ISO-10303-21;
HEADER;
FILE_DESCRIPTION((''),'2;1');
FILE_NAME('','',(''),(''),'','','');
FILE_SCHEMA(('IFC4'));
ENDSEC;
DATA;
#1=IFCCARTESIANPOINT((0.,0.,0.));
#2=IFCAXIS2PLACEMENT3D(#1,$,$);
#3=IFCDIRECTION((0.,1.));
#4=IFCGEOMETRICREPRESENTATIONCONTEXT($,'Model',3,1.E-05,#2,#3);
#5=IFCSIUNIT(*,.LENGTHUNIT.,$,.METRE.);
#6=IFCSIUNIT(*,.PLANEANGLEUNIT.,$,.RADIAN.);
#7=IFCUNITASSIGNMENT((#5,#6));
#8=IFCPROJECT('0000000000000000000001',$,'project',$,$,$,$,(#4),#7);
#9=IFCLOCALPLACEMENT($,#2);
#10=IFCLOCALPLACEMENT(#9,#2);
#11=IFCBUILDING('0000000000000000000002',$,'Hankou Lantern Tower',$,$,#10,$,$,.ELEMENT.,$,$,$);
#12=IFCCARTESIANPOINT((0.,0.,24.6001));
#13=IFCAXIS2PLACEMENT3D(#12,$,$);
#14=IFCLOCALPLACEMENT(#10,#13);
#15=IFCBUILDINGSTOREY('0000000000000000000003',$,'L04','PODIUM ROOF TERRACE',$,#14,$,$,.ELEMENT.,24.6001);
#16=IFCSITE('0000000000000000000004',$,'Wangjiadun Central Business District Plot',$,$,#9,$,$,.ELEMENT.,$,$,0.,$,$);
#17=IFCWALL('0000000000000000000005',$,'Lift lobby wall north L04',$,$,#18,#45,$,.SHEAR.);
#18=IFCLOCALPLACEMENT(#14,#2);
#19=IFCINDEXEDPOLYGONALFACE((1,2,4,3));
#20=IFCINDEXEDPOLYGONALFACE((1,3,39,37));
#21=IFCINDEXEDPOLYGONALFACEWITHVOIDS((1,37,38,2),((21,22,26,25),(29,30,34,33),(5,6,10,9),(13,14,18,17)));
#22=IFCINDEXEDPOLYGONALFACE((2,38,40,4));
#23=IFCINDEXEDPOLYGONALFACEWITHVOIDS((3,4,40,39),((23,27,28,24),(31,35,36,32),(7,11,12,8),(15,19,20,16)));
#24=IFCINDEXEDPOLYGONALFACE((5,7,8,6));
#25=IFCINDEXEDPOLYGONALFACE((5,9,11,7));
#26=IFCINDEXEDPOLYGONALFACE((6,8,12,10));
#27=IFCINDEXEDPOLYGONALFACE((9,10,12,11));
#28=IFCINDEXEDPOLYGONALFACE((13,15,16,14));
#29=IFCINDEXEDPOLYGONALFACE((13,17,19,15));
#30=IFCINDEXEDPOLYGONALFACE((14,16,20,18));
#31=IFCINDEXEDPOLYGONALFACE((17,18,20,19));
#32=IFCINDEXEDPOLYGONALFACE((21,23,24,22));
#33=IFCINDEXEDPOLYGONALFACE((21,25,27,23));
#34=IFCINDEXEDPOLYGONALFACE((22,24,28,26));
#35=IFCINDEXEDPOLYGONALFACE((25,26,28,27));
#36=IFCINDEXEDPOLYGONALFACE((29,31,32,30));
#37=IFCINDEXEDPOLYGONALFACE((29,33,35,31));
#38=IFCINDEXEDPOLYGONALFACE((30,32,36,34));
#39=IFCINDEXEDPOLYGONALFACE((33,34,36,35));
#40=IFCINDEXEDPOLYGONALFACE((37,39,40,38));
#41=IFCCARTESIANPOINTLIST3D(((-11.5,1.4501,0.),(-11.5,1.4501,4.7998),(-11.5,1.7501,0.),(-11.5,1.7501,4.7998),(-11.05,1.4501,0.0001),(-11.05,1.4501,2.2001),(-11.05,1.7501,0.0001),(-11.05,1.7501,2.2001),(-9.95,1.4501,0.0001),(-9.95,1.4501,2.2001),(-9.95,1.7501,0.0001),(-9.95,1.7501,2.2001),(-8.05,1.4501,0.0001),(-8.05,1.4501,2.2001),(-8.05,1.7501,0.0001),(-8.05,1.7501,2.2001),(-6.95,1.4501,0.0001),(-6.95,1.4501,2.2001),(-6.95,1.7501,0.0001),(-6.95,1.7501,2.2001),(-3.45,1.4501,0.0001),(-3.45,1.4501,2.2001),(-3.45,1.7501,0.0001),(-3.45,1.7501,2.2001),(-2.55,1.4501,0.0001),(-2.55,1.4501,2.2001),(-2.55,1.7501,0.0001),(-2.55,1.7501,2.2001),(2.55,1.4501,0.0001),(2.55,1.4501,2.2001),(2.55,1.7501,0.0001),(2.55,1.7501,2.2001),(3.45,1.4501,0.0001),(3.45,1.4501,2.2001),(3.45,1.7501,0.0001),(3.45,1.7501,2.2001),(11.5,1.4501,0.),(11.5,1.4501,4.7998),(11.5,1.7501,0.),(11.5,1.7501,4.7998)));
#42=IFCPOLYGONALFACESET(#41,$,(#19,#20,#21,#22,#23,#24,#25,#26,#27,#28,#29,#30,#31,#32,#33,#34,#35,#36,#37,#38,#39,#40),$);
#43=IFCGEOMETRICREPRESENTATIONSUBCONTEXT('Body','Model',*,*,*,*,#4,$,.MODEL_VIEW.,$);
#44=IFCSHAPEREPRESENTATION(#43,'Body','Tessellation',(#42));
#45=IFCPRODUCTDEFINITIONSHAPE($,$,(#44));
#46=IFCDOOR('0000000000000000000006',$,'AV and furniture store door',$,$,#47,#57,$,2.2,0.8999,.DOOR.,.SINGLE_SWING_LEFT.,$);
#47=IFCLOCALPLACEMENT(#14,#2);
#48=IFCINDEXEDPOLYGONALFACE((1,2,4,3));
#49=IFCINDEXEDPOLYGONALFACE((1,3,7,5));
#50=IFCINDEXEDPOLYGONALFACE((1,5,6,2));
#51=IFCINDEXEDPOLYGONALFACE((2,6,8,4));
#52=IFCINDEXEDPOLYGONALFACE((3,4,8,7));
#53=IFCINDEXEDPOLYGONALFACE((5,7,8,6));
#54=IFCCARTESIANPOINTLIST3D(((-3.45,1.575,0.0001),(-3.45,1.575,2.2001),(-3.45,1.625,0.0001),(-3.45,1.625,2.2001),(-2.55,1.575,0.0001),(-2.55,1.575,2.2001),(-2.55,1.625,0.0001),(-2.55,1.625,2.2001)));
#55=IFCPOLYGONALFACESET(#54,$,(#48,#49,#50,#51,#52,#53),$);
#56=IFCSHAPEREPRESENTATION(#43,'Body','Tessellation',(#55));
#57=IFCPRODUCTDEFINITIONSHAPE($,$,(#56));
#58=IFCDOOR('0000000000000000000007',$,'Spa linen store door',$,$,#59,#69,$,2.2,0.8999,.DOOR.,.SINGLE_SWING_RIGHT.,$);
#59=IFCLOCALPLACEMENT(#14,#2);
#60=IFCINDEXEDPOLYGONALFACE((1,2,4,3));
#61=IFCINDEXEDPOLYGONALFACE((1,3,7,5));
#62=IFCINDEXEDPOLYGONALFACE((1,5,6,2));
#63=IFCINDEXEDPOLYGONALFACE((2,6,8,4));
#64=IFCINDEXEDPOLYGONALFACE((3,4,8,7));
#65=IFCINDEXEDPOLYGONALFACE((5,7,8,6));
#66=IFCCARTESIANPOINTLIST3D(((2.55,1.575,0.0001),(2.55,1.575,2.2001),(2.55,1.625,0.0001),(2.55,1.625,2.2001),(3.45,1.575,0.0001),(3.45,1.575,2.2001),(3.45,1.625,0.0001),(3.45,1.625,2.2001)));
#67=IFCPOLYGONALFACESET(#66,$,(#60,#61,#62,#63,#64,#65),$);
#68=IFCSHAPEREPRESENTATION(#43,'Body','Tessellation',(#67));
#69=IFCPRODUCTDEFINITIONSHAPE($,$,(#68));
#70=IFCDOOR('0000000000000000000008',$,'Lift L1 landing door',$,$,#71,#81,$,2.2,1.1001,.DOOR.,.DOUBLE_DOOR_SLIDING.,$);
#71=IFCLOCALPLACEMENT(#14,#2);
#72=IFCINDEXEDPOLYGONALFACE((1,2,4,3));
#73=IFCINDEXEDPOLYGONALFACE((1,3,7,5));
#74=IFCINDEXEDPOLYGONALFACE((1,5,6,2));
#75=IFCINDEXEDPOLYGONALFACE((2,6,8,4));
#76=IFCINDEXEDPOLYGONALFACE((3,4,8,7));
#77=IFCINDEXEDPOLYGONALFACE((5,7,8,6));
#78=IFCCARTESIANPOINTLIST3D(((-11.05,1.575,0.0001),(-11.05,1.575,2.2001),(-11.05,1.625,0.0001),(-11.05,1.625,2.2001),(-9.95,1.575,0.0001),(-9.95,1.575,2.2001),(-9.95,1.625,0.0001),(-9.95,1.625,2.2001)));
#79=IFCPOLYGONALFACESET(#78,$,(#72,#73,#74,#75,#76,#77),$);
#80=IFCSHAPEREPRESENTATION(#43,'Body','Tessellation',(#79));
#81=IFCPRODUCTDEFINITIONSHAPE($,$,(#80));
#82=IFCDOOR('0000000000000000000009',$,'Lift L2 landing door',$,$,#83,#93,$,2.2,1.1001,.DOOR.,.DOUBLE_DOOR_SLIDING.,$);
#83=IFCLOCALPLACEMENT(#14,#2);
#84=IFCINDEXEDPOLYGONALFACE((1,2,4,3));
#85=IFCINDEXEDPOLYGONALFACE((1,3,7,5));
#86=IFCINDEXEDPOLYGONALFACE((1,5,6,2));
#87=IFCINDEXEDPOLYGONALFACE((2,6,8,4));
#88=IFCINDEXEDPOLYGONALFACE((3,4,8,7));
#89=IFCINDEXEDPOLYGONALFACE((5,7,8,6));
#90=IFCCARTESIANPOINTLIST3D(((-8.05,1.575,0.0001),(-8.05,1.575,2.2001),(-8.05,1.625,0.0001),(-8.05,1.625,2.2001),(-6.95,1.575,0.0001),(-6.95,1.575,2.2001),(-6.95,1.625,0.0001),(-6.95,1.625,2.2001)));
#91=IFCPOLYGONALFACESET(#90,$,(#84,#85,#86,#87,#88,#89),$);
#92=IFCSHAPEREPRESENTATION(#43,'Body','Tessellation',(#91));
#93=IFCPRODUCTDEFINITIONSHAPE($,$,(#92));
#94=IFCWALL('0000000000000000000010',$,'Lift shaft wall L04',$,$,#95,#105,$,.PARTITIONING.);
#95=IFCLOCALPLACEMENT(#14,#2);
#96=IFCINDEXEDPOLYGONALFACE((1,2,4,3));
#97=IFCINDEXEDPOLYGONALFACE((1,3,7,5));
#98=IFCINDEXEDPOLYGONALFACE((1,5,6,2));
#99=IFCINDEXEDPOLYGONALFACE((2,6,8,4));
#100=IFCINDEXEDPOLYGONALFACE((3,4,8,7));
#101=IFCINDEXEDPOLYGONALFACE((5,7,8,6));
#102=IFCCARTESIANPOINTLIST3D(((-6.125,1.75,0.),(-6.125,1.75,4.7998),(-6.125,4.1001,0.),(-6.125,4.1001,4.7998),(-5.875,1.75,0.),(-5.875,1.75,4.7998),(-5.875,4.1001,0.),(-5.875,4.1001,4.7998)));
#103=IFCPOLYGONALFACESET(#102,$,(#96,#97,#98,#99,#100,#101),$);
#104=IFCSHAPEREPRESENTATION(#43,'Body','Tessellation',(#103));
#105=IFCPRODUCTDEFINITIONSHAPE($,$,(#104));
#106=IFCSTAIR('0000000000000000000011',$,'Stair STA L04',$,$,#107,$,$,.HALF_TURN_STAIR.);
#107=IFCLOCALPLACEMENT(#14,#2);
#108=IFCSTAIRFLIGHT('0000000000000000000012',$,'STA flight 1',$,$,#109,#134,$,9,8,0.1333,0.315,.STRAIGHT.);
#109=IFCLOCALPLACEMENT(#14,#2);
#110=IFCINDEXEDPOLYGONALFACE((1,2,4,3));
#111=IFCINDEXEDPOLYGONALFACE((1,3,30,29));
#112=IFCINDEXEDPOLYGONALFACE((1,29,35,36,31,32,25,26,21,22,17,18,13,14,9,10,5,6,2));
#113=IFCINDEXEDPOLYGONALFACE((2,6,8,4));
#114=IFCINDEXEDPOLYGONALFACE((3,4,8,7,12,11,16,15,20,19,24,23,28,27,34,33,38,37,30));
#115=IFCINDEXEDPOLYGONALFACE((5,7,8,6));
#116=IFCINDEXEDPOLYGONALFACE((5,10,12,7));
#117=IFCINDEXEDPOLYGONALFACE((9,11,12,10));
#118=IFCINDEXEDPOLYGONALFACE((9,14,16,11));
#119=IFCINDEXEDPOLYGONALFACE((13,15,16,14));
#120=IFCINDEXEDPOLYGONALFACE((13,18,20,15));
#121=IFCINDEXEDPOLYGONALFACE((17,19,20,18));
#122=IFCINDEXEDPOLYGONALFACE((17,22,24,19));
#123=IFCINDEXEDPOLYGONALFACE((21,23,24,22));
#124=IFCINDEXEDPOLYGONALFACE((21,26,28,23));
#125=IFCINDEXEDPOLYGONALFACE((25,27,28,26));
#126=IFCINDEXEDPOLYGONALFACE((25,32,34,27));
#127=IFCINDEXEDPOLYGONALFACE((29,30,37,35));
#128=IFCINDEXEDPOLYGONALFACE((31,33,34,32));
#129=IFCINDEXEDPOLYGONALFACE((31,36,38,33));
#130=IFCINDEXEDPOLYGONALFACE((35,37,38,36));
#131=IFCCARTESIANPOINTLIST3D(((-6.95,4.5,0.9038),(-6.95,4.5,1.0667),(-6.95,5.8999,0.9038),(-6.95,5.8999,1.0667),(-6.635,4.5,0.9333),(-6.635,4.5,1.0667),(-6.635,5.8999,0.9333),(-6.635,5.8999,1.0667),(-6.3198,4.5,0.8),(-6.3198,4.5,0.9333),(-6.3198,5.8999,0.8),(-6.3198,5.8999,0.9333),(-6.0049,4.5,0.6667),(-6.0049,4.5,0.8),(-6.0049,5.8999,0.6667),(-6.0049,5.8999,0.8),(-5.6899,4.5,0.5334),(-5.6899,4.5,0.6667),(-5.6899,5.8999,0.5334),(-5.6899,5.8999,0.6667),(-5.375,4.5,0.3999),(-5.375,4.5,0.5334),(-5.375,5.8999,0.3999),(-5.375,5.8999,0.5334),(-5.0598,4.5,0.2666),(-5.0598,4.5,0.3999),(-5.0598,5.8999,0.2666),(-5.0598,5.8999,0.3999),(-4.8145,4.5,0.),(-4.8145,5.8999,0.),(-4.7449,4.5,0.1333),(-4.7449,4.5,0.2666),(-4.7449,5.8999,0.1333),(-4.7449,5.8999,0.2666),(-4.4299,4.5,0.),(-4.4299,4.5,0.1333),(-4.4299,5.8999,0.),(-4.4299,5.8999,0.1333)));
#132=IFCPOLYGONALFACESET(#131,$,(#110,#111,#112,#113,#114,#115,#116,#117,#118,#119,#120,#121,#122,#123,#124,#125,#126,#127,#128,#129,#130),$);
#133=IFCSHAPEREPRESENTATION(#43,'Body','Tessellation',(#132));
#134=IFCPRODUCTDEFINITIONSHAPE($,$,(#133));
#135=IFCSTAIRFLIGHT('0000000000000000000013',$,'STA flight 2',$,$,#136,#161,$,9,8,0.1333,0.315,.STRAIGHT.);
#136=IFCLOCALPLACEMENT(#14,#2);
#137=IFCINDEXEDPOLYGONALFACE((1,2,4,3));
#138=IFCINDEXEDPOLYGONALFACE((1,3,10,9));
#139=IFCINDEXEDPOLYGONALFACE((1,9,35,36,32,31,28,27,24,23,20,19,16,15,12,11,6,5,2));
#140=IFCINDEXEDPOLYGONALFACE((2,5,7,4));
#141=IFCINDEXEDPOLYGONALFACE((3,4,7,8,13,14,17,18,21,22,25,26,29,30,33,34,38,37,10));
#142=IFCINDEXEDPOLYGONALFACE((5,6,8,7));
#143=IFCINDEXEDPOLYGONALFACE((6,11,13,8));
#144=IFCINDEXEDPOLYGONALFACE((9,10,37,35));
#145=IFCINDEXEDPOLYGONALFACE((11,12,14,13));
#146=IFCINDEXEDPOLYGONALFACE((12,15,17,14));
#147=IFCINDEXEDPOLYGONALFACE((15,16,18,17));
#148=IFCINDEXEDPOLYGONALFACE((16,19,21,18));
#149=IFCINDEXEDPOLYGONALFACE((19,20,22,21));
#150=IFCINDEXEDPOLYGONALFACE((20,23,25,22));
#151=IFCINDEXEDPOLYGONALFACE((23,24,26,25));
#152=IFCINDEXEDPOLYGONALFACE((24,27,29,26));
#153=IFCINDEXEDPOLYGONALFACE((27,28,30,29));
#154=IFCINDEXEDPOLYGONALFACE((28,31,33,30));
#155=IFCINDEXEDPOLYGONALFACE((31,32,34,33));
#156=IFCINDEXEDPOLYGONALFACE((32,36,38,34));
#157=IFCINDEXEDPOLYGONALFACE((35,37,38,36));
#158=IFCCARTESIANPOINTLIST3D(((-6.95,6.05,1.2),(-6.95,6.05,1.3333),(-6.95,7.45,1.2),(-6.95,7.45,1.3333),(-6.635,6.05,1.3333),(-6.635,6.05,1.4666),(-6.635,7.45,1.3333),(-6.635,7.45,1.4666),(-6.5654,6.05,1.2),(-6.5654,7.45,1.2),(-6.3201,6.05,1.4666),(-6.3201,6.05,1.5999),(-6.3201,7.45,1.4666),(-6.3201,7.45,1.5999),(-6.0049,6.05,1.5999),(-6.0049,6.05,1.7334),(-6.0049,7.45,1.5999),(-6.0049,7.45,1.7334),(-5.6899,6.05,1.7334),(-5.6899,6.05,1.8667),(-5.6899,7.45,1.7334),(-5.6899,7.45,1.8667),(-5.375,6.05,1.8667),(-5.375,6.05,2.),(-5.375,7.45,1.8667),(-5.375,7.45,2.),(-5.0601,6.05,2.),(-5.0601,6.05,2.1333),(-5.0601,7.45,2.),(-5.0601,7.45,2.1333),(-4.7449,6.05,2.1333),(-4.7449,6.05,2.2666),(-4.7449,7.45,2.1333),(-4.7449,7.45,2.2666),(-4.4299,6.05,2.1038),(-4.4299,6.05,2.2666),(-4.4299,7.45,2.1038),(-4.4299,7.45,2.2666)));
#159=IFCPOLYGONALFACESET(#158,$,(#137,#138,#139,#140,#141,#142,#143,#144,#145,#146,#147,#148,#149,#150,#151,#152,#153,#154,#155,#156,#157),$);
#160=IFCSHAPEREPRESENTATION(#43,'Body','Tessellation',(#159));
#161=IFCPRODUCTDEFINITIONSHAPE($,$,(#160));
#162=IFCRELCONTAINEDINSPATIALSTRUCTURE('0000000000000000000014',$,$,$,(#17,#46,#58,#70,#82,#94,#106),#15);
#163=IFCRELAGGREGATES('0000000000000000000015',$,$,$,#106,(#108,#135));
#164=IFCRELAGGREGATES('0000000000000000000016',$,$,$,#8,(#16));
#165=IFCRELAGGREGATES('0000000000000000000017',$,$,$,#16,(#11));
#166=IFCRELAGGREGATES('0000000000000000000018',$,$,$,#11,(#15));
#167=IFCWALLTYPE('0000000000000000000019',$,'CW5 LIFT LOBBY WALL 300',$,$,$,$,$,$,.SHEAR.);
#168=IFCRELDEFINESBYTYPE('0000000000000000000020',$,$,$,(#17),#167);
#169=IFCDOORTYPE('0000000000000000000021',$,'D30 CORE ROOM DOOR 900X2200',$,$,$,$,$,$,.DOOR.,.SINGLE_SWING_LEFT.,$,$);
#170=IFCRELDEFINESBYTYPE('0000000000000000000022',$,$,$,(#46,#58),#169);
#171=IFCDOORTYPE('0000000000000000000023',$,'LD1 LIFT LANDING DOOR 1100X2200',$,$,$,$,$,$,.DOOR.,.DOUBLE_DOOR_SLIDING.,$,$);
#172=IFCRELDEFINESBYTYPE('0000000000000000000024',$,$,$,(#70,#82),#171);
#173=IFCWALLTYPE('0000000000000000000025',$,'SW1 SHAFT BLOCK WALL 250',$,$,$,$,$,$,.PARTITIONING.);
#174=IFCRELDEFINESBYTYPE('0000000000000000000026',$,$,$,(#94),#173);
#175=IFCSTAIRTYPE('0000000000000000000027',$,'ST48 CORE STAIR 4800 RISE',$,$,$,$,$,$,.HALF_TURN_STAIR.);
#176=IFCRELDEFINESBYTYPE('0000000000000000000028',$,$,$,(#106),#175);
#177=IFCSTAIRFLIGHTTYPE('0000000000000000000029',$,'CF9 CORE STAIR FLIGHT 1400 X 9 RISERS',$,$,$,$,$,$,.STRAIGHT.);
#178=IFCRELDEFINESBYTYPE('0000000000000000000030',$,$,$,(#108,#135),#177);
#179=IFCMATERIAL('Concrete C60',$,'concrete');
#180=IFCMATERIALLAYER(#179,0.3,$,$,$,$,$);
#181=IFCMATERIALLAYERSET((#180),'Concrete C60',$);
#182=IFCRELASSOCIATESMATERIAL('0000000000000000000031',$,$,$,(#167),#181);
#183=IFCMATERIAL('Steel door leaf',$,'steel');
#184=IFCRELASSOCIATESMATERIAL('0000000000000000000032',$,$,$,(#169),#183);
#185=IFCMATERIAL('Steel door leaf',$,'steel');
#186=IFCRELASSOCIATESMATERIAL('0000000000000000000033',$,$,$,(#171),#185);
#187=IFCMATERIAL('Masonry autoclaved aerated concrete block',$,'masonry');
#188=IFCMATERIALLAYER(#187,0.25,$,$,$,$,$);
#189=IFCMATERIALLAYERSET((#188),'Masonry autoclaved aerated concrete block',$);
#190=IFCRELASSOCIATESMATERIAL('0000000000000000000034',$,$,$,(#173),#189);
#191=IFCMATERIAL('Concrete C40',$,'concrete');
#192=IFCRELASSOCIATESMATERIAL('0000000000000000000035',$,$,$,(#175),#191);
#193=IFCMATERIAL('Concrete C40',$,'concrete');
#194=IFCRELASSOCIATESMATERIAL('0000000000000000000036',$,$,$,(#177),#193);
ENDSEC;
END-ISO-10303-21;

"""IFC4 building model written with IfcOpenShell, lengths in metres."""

from ifc_helpers import new_model, si_unit, direction, frame, frame_2d, origin, place, context, subcontext, project, spatial, polyline, rectangle, outline, extrude, material, layer, layer_set, type_object, element, fill, aggregate, save


model = new_model("IFC4")

# Units and contexts
model_context = context("Model", 3, precision=1e-05, world=origin(), true_north=direction((0.0, 1.0)))
body_context = subcontext(model_context, "Body", "Model", "MODEL_VIEW")
ifc_project = project(units=[si_unit("LENGTHUNIT", "METRE"), si_unit("PLANEANGLEUNIT", "RADIAN")], contexts=[model_context])

# Site, building, storey
site_placement = place(None, origin())
site = spatial("IfcSite", under=ifc_project, at=site_placement, Name="Wangjiadun Central Business District Plot", CompositionType="ELEMENT", RefElevation=0.0)
building_placement = place(site_placement, origin())
building = spatial("IfcBuilding", under=site, at=building_placement, Name="Hankou Lantern Tower", CompositionType="ELEMENT")
storey_placement = place(building_placement, frame((0.0, 0.0, 24.6001)))
storey = spatial("IfcBuildingStorey", under=building, at=storey_placement, Name="L04", Description="PODIUM ROOF TERRACE", CompositionType="ELEMENT", Elevation=24.6001)

# Wall, openings, doors
ifc_material_1 = material(Name="Concrete C60", Category="concrete")
ifc_layer_1 = layer(ifc_material_1, 0.3)
ifc_layer_set_1 = layer_set([ifc_layer_1], Name="Concrete C60")
wall_type_1 = type_object("IfcWallType", Name="CW5 LIFT LOBBY WALL 300", PredefinedType="SHEAR", material=ifc_layer_set_1)
wall_1_placement = place(storey_placement, frame((-11.5, 1.6001, 0.0), z_axis=(0.0, 0.0, 1.0), x_axis=(1.0, 0.0, 0.0)))
wall_1 = element("IfcWall", 1, at=wall_1_placement, inside=storey, type_object=wall_type_1, Name="Lift lobby wall north L04", PredefinedType="SHEAR", context=body_context, shape_type="SweptSolid", body=[
    extrude(rectangle(XDim=23.0, YDim=0.3, at=frame_2d((11.5, 0.0))), origin(), (0.0, 0.0, 1.0), 4.7998),
])
opening_1_placement = place(wall_1_placement, frame((0.45, 0.0, 0.0)))
opening_1 = element("IfcOpeningElement", 2, at=opening_1_placement, cuts=wall_1, PredefinedType="OPENING", context=body_context, shape_type="SweptSolid", body=[
    extrude(rectangle(XDim=1.1001, YDim=2.2, at=frame_2d((0.55, 1.1001))), frame((0.0, 0.1599, 0.0), z_axis=(0.0, -1.0, 0.0), x_axis=(1.0, 0.0, 0.0)), (0.0, 0.0, 1.0), 0.3201),
])
opening_2_placement = place(wall_1_placement, frame((3.45, 0.0, 0.0)))
opening_2 = element("IfcOpeningElement", 3, at=opening_2_placement, cuts=wall_1, PredefinedType="OPENING", context=body_context, shape_type="SweptSolid", body=[
    extrude(rectangle(XDim=1.1001, YDim=2.2, at=frame_2d((0.55, 1.1001))), frame((0.0, 0.1599, 0.0), z_axis=(0.0, -1.0, 0.0), x_axis=(1.0, 0.0, 0.0)), (0.0, 0.0, 1.0), 0.3201),
])
opening_3_placement = place(wall_1_placement, frame((8.05, 0.0, 0.0)))
opening_3 = element("IfcOpeningElement", 4, at=opening_3_placement, cuts=wall_1, PredefinedType="OPENING", context=body_context, shape_type="SweptSolid", body=[
    extrude(rectangle(XDim=0.8999, YDim=2.2, at=frame_2d((0.45, 1.1001))), frame((0.0, 0.1599, 0.0), z_axis=(0.0, -1.0, 0.0), x_axis=(1.0, 0.0, 0.0)), (0.0, 0.0, 1.0), 0.3201),
])
opening_4_placement = place(wall_1_placement, frame((14.05, 0.0, 0.0)))
opening_4 = element("IfcOpeningElement", 5, at=opening_4_placement, cuts=wall_1, PredefinedType="OPENING", context=body_context, shape_type="SweptSolid", body=[
    extrude(rectangle(XDim=0.8999, YDim=2.2, at=frame_2d((0.45, 1.1001))), frame((0.0, 0.1599, 0.0), z_axis=(0.0, -1.0, 0.0), x_axis=(1.0, 0.0, 0.0)), (0.0, 0.0, 1.0), 0.3201),
])
ifc_material_2 = material(Name="Steel door leaf", Category="steel")
door_type_1 = type_object("IfcDoorType", Name="D30 CORE ROOM DOOR 900X2200", OperationType="SINGLE_SWING_LEFT", PredefinedType="DOOR", material=ifc_material_2)
door_1_placement = place(opening_3_placement, origin())
door_1 = element("IfcDoor", 6, at=door_1_placement, inside=storey, type_object=door_type_1, Name="AV and furniture store door", OperationType="SINGLE_SWING_LEFT", OverallHeight=2.2, OverallWidth=0.8999, PredefinedType="DOOR", context=body_context, shape_type="SweptSolid", body=[
    extrude(rectangle(XDim=0.8999, YDim=2.2, at=frame_2d((0.45, 1.1001))), frame((0.0, 0.0249, 0.0), z_axis=(0.0, -1.0, 0.0), x_axis=(1.0, 0.0, 0.0)), (0.0, 0.0, 1.0), 0.05),
])
fill(opening_3, door_1)
door_2_placement = place(opening_4_placement, origin())
door_2 = element("IfcDoor", 7, at=door_2_placement, inside=storey, type_object=door_type_1, Name="Spa linen store door", OperationType="SINGLE_SWING_RIGHT", OverallHeight=2.2, OverallWidth=0.8999, PredefinedType="DOOR", context=body_context, shape_type="SweptSolid", body=[
    extrude(rectangle(XDim=0.8999, YDim=2.2, at=frame_2d((0.45, 1.1001))), frame((0.0, 0.0249, 0.0), z_axis=(0.0, -1.0, 0.0), x_axis=(1.0, 0.0, 0.0)), (0.0, 0.0, 1.0), 0.05),
])
fill(opening_4, door_2)
ifc_material_3 = material(Name="Steel door leaf", Category="steel")
door_type_2 = type_object("IfcDoorType", Name="LD1 LIFT LANDING DOOR 1100X2200", OperationType="DOUBLE_DOOR_SLIDING", PredefinedType="DOOR", material=ifc_material_3)
door_3_placement = place(opening_1_placement, origin())
door_3 = element("IfcDoor", 8, at=door_3_placement, inside=storey, type_object=door_type_2, Name="Lift L1 landing door", OperationType="DOUBLE_DOOR_SLIDING", OverallHeight=2.2, OverallWidth=1.1001, PredefinedType="DOOR", context=body_context, shape_type="SweptSolid", body=[
    extrude(rectangle(XDim=1.1001, YDim=2.2, at=frame_2d((0.55, 1.1001))), frame((0.0, 0.0249, 0.0), z_axis=(0.0, -1.0, 0.0), x_axis=(1.0, 0.0, 0.0)), (0.0, 0.0, 1.0), 0.05),
])
fill(opening_1, door_3)
door_4_placement = place(opening_2_placement, origin())
door_4 = element("IfcDoor", 9, at=door_4_placement, inside=storey, type_object=door_type_2, Name="Lift L2 landing door", OperationType="DOUBLE_DOOR_SLIDING", OverallHeight=2.2, OverallWidth=1.1001, PredefinedType="DOOR", context=body_context, shape_type="SweptSolid", body=[
    extrude(rectangle(XDim=1.1001, YDim=2.2, at=frame_2d((0.55, 1.1001))), frame((0.0, 0.0249, 0.0), z_axis=(0.0, -1.0, 0.0), x_axis=(1.0, 0.0, 0.0)), (0.0, 0.0, 1.0), 0.05),
])
fill(opening_2, door_4)

# Wall
ifc_material_4 = material(Name="Masonry autoclaved aerated concrete block", Category="masonry")
ifc_layer_2 = layer(ifc_material_4, 0.25)
ifc_layer_set_2 = layer_set([ifc_layer_2], Name="Masonry autoclaved aerated concrete block")
wall_type_2 = type_object("IfcWallType", Name="SW1 SHAFT BLOCK WALL 250", PredefinedType="PARTITIONING", material=ifc_layer_set_2)
wall_2_placement = place(storey_placement, frame((-6.0, 1.75, 0.0), z_axis=(0.0, 0.0, 1.0), x_axis=(0.0, 1.0, 0.0)))
element("IfcWall", 10, at=wall_2_placement, inside=storey, type_object=wall_type_2, Name="Lift shaft wall L04", PredefinedType="PARTITIONING", context=body_context, shape_type="SweptSolid", body=[
    extrude(rectangle(XDim=2.3501, YDim=0.25, at=frame_2d((1.175, 0.0))), origin(), (0.0, 0.0, 1.0), 4.7998),
])

# Stair, stair flights
ifc_material_5 = material(Name="Concrete C40", Category="concrete")
stair_type = type_object("IfcStairType", Name="ST48 CORE STAIR 4800 RISE", PredefinedType="HALF_TURN_STAIR", material=ifc_material_5)
stair_placement = place(storey_placement, origin())
stair = element("IfcStair", 11, at=stair_placement, inside=storey, type_object=stair_type, Name="Stair STA L04", PredefinedType="HALF_TURN_STAIR")
ifc_material_6 = material(Name="Concrete C40", Category="concrete")
stair_flight_type = type_object("IfcStairFlightType", Name="CF9 CORE STAIR FLIGHT 1400 X 9 RISERS", PredefinedType="STRAIGHT", material=ifc_material_6)
stair_flight_1_placement = place(storey_placement, frame((-4.4299, 5.2, 0.0), z_axis=(0.0, 0.0, 1.0), x_axis=(-1.0, 0.0, 0.0)))
stair_flight_1 = element("IfcStairFlight", 12, at=stair_flight_1_placement, type_object=stair_flight_type, Name="STA flight 1", NumberOfRisers=9, NumberOfTreads=8, PredefinedType="STRAIGHT", RiserHeight=0.1333, TreadLength=0.315, context=body_context, shape_type="SweptSolid", body=[
    extrude(outline(polyline([(0.0, 0.0), (0.0, 0.1333), (0.3149, 0.1333), (0.3149, 0.2666), (0.6299, 0.2666), (0.6299, 0.3999), (0.9451, 0.3999), (0.9451, 0.5334), (1.26, 0.5334), (1.26, 0.6667), (1.575, 0.6667), (1.575, 0.8), (1.8899, 0.8), (1.8899, 0.9333), (2.2051, 0.9333), (2.2051, 1.0667), (2.52, 1.0667), (2.52, 1.2), (2.52, 0.9038), (0.3845, 0.0), (0.0, 0.0)])), frame((0.0, 0.7, 0.0), z_axis=(0.0, -1.0, 0.0), x_axis=(1.0, 0.0, 0.0)), (0.0, 0.0, 1.0), 1.3999),
])
stair_flight_2_placement = place(storey_placement, frame((-6.95, 6.75, 1.2), z_axis=(0.0, 0.0, 1.0), x_axis=(1.0, 0.0, 0.0)))
stair_flight_2 = element("IfcStairFlight", 13, at=stair_flight_2_placement, type_object=stair_flight_type, Name="STA flight 2", NumberOfRisers=9, NumberOfTreads=8, PredefinedType="STRAIGHT", RiserHeight=0.1333, TreadLength=0.315, context=body_context, shape_type="SweptSolid", body=[
    extrude(outline(polyline([(0.0, 0.0), (0.0, 0.1333), (0.3149, 0.1333), (0.3149, 0.2666), (0.6299, 0.2666), (0.6299, 0.3999), (0.9451, 0.3999), (0.9451, 0.5334), (1.26, 0.5334), (1.26, 0.6667), (1.575, 0.6667), (1.575, 0.8), (1.8899, 0.8), (1.8899, 0.9333), (2.2051, 0.9333), (2.2051, 1.0667), (2.52, 1.0667), (2.52, 1.2), (2.52, 0.9038), (0.3845, 0.0), (0.0, 0.0)])), frame((0.0, 0.7, 0.0), z_axis=(0.0, -1.0, 0.0), x_axis=(1.0, 0.0, 0.0)), (0.0, 0.0, 1.0), 1.3999),
])
aggregate(stair, [stair_flight_1, stair_flight_2])

save(model, "model.ifc")
